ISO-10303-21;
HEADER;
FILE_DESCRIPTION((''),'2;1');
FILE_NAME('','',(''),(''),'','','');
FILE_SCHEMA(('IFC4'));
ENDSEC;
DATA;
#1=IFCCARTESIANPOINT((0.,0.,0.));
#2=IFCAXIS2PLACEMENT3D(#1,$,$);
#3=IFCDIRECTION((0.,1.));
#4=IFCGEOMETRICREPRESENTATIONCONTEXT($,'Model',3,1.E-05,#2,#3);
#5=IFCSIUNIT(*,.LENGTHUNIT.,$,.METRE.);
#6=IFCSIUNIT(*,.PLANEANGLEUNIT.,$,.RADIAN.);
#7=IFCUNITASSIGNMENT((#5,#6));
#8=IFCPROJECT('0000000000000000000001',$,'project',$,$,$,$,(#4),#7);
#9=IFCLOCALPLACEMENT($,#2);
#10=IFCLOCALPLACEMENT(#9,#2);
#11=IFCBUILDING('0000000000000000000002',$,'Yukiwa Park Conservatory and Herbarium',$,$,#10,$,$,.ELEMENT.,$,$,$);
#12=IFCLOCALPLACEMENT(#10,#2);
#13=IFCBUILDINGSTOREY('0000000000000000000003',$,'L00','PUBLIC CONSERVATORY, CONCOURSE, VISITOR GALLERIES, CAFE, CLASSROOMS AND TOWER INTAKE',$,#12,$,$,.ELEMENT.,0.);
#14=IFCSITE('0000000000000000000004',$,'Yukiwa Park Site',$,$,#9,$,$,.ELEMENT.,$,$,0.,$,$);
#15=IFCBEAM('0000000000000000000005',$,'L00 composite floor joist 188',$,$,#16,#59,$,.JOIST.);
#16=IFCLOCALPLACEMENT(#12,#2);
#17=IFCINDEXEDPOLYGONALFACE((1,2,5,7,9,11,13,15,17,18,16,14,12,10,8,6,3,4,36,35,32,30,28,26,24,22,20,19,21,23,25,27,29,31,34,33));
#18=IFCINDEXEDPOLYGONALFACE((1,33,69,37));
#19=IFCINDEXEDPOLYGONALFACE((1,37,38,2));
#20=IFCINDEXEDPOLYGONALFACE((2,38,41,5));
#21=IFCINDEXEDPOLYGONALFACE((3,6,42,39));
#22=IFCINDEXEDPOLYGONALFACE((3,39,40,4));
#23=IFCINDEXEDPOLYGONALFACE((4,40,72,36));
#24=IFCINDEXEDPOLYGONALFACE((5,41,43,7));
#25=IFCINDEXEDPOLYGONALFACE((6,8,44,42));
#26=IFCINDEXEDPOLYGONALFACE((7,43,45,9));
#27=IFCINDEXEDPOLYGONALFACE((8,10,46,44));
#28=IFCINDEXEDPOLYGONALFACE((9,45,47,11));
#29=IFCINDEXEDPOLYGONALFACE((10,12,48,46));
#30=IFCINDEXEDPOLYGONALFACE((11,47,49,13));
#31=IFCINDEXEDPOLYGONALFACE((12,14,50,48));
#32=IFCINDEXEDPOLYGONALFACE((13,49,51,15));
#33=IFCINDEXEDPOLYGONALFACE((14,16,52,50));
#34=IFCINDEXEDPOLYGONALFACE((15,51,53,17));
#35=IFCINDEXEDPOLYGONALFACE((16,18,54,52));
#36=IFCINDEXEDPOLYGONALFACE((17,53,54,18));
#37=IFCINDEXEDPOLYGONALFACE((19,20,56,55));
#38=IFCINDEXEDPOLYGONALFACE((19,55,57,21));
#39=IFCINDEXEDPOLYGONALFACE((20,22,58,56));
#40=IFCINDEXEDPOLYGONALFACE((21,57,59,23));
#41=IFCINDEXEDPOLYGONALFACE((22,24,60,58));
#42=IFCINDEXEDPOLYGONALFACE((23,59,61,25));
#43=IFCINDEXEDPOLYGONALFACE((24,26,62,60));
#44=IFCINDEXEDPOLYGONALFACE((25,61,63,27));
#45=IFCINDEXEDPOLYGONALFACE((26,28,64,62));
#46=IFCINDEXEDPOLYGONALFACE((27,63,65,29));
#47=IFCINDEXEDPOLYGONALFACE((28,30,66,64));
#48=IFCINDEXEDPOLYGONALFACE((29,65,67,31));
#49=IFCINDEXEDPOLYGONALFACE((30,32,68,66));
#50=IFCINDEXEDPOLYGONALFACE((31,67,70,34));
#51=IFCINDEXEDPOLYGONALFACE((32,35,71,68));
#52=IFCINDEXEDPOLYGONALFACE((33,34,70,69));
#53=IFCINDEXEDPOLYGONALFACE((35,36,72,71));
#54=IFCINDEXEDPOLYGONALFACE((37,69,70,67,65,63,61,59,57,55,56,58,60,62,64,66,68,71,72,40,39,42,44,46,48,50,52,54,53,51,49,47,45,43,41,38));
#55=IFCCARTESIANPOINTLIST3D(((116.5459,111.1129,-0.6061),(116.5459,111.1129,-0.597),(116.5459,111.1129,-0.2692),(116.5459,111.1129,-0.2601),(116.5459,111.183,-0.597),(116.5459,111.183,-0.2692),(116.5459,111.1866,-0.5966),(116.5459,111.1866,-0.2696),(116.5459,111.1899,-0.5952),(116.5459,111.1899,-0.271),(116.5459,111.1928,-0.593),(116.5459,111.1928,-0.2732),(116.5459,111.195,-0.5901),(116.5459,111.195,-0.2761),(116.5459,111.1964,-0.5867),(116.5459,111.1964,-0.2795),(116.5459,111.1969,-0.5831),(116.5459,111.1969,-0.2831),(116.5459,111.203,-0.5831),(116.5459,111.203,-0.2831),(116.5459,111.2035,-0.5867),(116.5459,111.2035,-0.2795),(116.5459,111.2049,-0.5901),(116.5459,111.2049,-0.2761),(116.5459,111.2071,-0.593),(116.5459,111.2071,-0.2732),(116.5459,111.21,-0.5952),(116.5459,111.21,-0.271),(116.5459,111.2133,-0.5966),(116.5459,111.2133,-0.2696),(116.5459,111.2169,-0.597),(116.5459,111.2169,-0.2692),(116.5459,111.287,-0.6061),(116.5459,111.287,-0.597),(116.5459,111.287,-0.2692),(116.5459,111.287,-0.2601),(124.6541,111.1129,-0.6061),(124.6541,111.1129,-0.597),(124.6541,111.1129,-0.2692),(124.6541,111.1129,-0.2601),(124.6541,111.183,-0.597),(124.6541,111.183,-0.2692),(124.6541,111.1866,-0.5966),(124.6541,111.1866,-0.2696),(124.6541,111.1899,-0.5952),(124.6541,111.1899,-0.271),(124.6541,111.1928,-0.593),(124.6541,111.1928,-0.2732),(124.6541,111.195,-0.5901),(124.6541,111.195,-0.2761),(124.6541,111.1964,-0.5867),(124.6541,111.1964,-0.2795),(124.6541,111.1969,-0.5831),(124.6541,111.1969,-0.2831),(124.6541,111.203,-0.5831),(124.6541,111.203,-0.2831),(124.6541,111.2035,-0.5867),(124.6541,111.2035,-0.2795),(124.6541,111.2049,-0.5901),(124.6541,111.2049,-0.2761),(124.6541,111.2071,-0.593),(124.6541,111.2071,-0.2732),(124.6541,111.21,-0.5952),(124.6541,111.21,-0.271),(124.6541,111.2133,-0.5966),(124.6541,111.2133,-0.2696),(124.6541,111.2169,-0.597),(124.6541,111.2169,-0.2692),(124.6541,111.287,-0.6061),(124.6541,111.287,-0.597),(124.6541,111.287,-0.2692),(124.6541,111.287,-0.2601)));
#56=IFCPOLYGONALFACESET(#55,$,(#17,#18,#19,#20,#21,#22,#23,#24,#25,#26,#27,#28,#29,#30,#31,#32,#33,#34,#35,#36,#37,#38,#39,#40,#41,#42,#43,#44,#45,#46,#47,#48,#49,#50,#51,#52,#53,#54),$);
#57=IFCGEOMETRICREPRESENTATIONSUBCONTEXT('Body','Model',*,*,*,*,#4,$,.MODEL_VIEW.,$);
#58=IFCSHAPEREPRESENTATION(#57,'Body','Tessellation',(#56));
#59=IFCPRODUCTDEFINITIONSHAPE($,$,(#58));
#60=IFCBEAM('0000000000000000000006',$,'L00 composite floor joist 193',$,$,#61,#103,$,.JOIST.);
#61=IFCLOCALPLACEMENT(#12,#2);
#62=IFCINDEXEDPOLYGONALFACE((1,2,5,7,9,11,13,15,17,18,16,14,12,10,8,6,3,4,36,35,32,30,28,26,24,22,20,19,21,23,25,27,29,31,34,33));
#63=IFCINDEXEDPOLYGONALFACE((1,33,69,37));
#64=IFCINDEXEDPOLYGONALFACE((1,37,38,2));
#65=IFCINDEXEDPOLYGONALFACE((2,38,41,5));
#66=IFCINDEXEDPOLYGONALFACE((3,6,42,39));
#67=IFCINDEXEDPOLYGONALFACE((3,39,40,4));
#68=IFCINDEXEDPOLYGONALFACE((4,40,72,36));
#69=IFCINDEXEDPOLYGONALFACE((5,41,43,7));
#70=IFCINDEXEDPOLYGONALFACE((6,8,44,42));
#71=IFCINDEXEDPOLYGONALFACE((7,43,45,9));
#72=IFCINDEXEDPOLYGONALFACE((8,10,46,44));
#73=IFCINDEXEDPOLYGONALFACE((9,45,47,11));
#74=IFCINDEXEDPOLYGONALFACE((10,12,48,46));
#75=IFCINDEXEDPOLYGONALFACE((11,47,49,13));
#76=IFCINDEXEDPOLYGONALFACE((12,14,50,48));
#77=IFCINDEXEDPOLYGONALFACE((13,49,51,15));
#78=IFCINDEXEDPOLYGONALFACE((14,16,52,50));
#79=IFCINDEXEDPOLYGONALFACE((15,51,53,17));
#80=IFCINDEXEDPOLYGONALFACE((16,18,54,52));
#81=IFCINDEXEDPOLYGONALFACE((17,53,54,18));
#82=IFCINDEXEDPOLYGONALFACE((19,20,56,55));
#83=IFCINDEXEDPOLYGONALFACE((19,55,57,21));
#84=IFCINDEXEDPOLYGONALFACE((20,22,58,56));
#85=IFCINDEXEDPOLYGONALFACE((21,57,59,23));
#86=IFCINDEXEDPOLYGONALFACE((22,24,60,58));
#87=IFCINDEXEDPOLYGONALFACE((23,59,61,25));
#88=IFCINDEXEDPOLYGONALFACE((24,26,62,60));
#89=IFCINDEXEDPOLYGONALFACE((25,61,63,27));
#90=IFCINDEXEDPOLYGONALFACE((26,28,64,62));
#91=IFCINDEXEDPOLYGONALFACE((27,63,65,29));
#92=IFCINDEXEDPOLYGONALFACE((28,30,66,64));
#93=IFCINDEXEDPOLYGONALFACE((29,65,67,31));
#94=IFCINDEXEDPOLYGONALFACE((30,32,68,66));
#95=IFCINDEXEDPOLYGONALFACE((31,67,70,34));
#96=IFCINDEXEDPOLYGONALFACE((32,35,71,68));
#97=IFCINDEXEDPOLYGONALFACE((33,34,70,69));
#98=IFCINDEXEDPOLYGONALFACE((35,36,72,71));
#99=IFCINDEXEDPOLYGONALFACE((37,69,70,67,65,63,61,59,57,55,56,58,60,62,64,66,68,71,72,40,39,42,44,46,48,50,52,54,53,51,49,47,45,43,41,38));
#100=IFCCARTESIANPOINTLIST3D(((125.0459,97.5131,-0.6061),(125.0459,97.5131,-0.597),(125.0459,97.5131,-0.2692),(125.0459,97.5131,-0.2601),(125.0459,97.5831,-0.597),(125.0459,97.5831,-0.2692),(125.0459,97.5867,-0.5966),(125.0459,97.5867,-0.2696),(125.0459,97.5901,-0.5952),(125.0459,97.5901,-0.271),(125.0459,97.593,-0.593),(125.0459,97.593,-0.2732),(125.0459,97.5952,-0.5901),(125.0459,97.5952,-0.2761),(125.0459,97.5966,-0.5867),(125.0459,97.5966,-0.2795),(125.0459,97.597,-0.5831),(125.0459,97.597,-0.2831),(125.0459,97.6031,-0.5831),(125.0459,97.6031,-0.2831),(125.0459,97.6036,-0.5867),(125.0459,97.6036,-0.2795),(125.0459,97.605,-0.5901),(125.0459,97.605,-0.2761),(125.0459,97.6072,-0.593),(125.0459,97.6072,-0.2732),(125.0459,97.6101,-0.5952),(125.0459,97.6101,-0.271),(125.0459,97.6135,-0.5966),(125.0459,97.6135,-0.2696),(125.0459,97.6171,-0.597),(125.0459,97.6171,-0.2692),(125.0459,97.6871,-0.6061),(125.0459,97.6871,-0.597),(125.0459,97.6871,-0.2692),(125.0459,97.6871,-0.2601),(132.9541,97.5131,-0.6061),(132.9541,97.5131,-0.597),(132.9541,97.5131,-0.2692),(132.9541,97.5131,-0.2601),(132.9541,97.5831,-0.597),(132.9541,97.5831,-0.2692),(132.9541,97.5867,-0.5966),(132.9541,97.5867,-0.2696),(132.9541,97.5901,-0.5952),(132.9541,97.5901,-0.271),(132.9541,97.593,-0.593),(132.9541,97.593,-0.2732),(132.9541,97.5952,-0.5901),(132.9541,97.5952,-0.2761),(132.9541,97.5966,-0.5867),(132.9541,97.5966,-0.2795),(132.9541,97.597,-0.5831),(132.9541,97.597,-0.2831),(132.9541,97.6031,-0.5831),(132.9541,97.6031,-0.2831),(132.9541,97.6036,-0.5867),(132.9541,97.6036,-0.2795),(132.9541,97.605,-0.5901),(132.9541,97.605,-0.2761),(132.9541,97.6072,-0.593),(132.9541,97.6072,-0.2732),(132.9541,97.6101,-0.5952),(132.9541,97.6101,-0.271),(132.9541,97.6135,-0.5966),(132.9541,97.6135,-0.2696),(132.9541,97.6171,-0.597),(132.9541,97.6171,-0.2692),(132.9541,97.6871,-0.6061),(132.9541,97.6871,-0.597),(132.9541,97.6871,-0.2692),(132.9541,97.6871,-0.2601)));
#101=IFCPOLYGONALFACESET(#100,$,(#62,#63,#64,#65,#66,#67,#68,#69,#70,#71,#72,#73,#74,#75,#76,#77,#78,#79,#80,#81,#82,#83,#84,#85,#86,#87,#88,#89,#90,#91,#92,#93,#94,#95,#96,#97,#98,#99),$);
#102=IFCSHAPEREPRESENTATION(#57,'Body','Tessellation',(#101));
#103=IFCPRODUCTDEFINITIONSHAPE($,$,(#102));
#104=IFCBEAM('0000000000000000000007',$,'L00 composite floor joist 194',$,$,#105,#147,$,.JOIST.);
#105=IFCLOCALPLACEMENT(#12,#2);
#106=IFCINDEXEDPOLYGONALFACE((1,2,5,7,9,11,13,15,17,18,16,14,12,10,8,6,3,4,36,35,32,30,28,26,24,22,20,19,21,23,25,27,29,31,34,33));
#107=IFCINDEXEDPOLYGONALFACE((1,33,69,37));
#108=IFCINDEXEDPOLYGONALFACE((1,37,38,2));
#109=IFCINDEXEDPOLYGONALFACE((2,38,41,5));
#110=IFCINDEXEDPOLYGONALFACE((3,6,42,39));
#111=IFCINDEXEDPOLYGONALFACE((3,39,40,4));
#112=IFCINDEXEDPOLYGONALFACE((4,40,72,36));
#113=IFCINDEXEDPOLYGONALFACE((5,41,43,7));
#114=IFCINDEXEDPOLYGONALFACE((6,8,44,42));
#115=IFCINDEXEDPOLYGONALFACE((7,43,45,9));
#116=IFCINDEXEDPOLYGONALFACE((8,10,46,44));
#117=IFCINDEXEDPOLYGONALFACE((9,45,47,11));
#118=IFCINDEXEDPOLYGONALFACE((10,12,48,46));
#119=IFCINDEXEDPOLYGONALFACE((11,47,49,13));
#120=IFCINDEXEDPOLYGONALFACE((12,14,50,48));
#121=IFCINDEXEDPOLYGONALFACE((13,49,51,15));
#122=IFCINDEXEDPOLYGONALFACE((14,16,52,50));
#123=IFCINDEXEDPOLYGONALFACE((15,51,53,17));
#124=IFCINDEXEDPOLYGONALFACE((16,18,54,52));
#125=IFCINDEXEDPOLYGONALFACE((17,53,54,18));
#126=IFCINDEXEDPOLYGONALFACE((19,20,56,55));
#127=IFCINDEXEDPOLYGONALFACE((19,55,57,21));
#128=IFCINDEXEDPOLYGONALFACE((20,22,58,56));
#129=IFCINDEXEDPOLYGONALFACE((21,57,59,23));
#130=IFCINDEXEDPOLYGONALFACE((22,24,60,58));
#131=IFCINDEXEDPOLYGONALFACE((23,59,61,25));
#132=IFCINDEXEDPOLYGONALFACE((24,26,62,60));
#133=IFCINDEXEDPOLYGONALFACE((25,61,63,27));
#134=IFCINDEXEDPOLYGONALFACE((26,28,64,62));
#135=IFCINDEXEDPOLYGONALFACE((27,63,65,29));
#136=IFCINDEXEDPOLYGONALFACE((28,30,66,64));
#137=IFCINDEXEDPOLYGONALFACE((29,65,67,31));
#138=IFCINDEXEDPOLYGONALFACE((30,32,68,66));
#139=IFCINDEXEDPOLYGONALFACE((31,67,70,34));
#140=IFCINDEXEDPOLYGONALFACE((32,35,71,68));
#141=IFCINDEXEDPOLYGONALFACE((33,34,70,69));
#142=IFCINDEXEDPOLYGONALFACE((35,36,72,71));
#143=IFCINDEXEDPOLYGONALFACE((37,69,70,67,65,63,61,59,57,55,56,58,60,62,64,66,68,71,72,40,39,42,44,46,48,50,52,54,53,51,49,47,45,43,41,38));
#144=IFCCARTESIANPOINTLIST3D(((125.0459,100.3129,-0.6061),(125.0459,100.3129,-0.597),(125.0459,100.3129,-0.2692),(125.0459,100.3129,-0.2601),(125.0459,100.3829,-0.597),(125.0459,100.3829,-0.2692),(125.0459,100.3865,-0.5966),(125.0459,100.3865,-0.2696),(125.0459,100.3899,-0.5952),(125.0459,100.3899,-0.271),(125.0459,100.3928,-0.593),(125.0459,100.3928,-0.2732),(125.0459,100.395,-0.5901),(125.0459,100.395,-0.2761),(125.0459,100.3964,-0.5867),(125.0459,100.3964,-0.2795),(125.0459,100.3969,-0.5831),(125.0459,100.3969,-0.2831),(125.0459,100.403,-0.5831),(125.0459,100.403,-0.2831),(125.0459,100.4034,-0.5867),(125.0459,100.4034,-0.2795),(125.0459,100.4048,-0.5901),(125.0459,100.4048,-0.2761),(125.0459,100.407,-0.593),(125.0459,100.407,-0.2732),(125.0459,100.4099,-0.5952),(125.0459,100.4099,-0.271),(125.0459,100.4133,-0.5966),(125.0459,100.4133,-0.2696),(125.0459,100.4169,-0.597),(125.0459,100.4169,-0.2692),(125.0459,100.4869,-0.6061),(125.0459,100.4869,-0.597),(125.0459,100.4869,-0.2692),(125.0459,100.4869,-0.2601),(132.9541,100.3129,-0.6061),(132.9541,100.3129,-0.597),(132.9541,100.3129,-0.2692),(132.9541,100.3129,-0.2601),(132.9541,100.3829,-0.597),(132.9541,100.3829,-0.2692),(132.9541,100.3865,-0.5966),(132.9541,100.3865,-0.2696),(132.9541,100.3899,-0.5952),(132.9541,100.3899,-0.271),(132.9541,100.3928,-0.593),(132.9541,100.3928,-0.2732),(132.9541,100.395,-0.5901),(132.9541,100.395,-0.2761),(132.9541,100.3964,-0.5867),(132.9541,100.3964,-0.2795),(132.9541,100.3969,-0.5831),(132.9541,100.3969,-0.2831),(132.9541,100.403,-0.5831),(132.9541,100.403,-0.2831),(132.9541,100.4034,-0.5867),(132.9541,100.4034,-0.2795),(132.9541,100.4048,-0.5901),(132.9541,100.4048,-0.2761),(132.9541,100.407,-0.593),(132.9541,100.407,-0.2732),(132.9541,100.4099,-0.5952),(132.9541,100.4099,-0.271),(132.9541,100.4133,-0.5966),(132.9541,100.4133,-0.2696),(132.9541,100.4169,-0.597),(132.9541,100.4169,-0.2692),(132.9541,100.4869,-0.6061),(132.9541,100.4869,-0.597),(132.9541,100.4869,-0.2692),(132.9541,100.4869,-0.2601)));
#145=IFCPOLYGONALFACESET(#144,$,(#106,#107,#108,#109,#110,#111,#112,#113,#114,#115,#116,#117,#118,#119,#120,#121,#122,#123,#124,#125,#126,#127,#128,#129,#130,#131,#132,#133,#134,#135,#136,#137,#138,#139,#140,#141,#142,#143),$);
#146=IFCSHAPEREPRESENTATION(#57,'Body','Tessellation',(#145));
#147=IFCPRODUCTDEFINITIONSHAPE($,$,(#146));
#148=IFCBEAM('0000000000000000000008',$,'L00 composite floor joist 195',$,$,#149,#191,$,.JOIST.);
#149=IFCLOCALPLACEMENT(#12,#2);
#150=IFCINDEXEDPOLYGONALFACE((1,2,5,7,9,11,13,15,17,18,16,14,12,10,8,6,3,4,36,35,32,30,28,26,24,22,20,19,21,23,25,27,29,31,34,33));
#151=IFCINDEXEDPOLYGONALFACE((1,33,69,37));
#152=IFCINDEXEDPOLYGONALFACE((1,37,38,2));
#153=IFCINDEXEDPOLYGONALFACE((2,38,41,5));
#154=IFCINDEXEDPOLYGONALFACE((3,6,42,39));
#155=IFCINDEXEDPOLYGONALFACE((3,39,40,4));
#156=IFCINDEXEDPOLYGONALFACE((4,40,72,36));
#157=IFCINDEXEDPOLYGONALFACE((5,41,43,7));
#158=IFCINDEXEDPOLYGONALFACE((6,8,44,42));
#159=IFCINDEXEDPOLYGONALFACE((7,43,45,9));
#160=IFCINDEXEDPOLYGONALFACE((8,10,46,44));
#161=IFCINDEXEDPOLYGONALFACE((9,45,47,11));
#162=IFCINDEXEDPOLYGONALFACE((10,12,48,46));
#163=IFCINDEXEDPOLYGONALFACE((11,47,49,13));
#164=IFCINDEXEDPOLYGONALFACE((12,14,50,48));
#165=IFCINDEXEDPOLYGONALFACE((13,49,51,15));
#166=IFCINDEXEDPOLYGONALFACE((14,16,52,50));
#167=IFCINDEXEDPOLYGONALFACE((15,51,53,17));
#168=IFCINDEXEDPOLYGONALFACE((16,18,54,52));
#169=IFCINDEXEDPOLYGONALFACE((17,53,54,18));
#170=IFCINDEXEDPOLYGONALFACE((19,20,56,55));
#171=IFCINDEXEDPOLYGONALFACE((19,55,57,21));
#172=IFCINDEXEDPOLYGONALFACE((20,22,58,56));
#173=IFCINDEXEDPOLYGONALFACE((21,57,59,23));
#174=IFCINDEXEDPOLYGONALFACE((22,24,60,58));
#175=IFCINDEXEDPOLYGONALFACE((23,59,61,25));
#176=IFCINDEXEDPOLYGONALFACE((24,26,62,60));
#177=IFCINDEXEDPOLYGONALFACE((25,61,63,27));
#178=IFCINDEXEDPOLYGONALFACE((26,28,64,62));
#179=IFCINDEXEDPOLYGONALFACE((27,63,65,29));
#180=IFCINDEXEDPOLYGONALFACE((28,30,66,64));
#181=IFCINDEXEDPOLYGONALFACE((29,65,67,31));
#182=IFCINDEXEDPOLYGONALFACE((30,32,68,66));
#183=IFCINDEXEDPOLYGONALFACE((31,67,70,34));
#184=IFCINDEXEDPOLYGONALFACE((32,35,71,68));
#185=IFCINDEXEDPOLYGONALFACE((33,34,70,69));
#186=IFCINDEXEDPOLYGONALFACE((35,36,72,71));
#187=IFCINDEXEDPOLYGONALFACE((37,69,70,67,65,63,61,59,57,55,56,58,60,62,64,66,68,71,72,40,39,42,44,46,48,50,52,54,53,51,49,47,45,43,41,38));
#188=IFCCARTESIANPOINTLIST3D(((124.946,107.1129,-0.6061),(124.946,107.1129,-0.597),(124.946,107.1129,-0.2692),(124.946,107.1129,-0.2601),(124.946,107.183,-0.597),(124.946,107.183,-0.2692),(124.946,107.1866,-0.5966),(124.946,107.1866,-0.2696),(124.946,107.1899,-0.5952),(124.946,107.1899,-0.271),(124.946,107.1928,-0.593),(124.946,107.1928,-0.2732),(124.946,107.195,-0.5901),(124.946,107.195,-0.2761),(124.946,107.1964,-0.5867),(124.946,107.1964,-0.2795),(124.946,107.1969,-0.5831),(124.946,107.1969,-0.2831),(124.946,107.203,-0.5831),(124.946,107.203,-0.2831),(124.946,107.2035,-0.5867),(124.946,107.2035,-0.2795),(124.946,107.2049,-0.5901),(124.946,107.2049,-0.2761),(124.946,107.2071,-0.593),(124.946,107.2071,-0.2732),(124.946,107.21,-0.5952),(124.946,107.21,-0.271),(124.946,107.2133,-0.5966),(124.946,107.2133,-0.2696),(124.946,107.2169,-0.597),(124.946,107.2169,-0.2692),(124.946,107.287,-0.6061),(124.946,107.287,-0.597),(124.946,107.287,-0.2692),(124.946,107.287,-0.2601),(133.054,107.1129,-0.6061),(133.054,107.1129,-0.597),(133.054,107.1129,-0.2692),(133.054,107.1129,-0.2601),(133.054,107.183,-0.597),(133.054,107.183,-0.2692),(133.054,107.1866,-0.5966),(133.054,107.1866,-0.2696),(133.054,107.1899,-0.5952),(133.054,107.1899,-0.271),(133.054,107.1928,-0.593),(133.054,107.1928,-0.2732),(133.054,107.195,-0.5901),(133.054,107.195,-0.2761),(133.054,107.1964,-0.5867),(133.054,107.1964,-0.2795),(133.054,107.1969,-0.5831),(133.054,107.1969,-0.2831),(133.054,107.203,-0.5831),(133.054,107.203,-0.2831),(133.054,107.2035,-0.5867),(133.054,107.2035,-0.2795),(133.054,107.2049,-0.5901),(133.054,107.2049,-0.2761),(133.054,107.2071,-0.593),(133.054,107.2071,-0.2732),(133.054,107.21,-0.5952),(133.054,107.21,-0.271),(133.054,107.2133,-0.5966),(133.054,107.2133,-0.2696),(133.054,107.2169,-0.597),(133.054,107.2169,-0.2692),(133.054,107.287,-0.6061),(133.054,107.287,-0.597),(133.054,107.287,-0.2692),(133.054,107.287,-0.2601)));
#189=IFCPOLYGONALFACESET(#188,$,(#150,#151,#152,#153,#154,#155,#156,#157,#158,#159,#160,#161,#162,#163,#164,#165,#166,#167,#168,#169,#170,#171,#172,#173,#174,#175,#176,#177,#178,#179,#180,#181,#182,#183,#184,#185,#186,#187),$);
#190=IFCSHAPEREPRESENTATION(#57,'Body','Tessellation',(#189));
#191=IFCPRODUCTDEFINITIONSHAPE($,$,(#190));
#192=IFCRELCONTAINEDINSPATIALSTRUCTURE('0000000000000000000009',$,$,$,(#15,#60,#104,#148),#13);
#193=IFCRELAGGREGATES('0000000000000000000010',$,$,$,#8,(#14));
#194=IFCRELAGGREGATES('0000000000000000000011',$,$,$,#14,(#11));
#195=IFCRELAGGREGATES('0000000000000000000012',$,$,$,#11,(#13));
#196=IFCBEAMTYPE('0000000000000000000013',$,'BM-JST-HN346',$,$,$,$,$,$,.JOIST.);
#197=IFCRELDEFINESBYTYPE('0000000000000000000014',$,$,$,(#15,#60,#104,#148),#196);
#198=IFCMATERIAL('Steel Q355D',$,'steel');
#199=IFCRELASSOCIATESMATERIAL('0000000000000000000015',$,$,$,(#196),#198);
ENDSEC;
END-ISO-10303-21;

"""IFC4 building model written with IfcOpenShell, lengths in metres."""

from ifc_helpers import new_model, si_unit, direction, frame, origin, origin_2d, place, context, subcontext, project, spatial, i_section, extrude, material, material_profile, profile_set, type_object, element, save


model = new_model("IFC4")

# Units and contexts
model_context = context("Model", 3, precision=1e-05, world=origin(), true_north=direction((0.0, 1.0)))
body_context = subcontext(model_context, "Body", "Model", "MODEL_VIEW")
ifc_project = project(units=[si_unit("LENGTHUNIT", "METRE"), si_unit("PLANEANGLEUNIT", "RADIAN")], contexts=[model_context])

# Site, building, storey
site_placement = place(None, origin())
site = spatial("IfcSite", under=ifc_project, at=site_placement, Name="Yukiwa Park Site", CompositionType="ELEMENT", RefElevation=0.0)
building_placement = place(site_placement, origin())
building = spatial("IfcBuilding", under=site, at=building_placement, Name="Yukiwa Park Conservatory and Herbarium", CompositionType="ELEMENT")
storey_placement = place(building_placement, origin())
storey = spatial("IfcBuildingStorey", under=building, at=storey_placement, Name="L00", Description="PUBLIC CONSERVATORY, CONCOURSE, VISITOR GALLERIES, CAFE, CLASSROOMS AND TOWER INTAKE", CompositionType="ELEMENT", Elevation=0.0)

# Beams
ifc_material_1 = material(Name="Steel Q355D", Category="steel")
ifc_material_profile_1 = material_profile(ifc_material_1, i_section(OverallWidth=0.1741, OverallDepth=0.3459, WebThickness=0.0061, FlangeThickness=0.009, FilletRadius=0.0139, at=origin_2d()), Name="HN 346x174x6x9")
ifc_profile_set_1 = profile_set([ifc_material_profile_1], Name="Steel Q355D")
beam_type_1 = type_object("IfcBeamType", Name="BM-JST-HN346", PredefinedType="JOIST", material=ifc_profile_set_1)
for number, where, z_axis, x_axis, name in (
    (1, (116.5459, 111.2, -0.4331), (1.0, 0.0, 0.0), (0.0, 1.0, 0.0), "L00 composite floor joist 188"),
):
    element("IfcBeam", number, at=place(storey_placement, frame(where, z_axis=z_axis, x_axis=x_axis)), inside=storey, type_object=beam_type_1, Name=name, PredefinedType="JOIST", context=body_context, shape_type="SweptSolid", body=[
        extrude(i_section(OverallWidth=0.1741, OverallDepth=0.3459, WebThickness=0.0061, FlangeThickness=0.009, FilletRadius=0.0139, at=origin_2d()), origin(), (0.0, 0.0, 1.0), 8.1082),
    ])
for number, where, z_axis, x_axis, name in (
    (2, (125.0459, 97.6001, -0.4331), (1.0, 0.0, 0.0), (0.0, 1.0, 0.0), "L00 composite floor joist 193"),
    (3, (125.0459, 100.3999, -0.4331), (1.0, 0.0, 0.0), (0.0, 1.0, 0.0), "L00 composite floor joist 194"),
):
    element("IfcBeam", number, at=place(storey_placement, frame(where, z_axis=z_axis, x_axis=x_axis)), inside=storey, type_object=beam_type_1, Name=name, PredefinedType="JOIST", context=body_context, shape_type="SweptSolid", body=[
        extrude(i_section(OverallWidth=0.1741, OverallDepth=0.3459, WebThickness=0.0061, FlangeThickness=0.009, FilletRadius=0.0139, at=origin_2d()), origin(), (0.0, 0.0, 1.0), 7.9082),
    ])
for number, where, z_axis, x_axis, name in (
    (4, (124.946, 107.2, -0.4331), (1.0, 0.0, 0.0), (0.0, 1.0, 0.0), "L00 composite floor joist 195"),
):
    element("IfcBeam", number, at=place(storey_placement, frame(where, z_axis=z_axis, x_axis=x_axis)), inside=storey, type_object=beam_type_1, Name=name, PredefinedType="JOIST", context=body_context, shape_type="SweptSolid", body=[
        extrude(i_section(OverallWidth=0.1741, OverallDepth=0.3459, WebThickness=0.0061, FlangeThickness=0.009, FilletRadius=0.0139, at=origin_2d()), origin(), (0.0, 0.0, 1.0), 8.1079),
    ])

save(model, "model.ifc")
